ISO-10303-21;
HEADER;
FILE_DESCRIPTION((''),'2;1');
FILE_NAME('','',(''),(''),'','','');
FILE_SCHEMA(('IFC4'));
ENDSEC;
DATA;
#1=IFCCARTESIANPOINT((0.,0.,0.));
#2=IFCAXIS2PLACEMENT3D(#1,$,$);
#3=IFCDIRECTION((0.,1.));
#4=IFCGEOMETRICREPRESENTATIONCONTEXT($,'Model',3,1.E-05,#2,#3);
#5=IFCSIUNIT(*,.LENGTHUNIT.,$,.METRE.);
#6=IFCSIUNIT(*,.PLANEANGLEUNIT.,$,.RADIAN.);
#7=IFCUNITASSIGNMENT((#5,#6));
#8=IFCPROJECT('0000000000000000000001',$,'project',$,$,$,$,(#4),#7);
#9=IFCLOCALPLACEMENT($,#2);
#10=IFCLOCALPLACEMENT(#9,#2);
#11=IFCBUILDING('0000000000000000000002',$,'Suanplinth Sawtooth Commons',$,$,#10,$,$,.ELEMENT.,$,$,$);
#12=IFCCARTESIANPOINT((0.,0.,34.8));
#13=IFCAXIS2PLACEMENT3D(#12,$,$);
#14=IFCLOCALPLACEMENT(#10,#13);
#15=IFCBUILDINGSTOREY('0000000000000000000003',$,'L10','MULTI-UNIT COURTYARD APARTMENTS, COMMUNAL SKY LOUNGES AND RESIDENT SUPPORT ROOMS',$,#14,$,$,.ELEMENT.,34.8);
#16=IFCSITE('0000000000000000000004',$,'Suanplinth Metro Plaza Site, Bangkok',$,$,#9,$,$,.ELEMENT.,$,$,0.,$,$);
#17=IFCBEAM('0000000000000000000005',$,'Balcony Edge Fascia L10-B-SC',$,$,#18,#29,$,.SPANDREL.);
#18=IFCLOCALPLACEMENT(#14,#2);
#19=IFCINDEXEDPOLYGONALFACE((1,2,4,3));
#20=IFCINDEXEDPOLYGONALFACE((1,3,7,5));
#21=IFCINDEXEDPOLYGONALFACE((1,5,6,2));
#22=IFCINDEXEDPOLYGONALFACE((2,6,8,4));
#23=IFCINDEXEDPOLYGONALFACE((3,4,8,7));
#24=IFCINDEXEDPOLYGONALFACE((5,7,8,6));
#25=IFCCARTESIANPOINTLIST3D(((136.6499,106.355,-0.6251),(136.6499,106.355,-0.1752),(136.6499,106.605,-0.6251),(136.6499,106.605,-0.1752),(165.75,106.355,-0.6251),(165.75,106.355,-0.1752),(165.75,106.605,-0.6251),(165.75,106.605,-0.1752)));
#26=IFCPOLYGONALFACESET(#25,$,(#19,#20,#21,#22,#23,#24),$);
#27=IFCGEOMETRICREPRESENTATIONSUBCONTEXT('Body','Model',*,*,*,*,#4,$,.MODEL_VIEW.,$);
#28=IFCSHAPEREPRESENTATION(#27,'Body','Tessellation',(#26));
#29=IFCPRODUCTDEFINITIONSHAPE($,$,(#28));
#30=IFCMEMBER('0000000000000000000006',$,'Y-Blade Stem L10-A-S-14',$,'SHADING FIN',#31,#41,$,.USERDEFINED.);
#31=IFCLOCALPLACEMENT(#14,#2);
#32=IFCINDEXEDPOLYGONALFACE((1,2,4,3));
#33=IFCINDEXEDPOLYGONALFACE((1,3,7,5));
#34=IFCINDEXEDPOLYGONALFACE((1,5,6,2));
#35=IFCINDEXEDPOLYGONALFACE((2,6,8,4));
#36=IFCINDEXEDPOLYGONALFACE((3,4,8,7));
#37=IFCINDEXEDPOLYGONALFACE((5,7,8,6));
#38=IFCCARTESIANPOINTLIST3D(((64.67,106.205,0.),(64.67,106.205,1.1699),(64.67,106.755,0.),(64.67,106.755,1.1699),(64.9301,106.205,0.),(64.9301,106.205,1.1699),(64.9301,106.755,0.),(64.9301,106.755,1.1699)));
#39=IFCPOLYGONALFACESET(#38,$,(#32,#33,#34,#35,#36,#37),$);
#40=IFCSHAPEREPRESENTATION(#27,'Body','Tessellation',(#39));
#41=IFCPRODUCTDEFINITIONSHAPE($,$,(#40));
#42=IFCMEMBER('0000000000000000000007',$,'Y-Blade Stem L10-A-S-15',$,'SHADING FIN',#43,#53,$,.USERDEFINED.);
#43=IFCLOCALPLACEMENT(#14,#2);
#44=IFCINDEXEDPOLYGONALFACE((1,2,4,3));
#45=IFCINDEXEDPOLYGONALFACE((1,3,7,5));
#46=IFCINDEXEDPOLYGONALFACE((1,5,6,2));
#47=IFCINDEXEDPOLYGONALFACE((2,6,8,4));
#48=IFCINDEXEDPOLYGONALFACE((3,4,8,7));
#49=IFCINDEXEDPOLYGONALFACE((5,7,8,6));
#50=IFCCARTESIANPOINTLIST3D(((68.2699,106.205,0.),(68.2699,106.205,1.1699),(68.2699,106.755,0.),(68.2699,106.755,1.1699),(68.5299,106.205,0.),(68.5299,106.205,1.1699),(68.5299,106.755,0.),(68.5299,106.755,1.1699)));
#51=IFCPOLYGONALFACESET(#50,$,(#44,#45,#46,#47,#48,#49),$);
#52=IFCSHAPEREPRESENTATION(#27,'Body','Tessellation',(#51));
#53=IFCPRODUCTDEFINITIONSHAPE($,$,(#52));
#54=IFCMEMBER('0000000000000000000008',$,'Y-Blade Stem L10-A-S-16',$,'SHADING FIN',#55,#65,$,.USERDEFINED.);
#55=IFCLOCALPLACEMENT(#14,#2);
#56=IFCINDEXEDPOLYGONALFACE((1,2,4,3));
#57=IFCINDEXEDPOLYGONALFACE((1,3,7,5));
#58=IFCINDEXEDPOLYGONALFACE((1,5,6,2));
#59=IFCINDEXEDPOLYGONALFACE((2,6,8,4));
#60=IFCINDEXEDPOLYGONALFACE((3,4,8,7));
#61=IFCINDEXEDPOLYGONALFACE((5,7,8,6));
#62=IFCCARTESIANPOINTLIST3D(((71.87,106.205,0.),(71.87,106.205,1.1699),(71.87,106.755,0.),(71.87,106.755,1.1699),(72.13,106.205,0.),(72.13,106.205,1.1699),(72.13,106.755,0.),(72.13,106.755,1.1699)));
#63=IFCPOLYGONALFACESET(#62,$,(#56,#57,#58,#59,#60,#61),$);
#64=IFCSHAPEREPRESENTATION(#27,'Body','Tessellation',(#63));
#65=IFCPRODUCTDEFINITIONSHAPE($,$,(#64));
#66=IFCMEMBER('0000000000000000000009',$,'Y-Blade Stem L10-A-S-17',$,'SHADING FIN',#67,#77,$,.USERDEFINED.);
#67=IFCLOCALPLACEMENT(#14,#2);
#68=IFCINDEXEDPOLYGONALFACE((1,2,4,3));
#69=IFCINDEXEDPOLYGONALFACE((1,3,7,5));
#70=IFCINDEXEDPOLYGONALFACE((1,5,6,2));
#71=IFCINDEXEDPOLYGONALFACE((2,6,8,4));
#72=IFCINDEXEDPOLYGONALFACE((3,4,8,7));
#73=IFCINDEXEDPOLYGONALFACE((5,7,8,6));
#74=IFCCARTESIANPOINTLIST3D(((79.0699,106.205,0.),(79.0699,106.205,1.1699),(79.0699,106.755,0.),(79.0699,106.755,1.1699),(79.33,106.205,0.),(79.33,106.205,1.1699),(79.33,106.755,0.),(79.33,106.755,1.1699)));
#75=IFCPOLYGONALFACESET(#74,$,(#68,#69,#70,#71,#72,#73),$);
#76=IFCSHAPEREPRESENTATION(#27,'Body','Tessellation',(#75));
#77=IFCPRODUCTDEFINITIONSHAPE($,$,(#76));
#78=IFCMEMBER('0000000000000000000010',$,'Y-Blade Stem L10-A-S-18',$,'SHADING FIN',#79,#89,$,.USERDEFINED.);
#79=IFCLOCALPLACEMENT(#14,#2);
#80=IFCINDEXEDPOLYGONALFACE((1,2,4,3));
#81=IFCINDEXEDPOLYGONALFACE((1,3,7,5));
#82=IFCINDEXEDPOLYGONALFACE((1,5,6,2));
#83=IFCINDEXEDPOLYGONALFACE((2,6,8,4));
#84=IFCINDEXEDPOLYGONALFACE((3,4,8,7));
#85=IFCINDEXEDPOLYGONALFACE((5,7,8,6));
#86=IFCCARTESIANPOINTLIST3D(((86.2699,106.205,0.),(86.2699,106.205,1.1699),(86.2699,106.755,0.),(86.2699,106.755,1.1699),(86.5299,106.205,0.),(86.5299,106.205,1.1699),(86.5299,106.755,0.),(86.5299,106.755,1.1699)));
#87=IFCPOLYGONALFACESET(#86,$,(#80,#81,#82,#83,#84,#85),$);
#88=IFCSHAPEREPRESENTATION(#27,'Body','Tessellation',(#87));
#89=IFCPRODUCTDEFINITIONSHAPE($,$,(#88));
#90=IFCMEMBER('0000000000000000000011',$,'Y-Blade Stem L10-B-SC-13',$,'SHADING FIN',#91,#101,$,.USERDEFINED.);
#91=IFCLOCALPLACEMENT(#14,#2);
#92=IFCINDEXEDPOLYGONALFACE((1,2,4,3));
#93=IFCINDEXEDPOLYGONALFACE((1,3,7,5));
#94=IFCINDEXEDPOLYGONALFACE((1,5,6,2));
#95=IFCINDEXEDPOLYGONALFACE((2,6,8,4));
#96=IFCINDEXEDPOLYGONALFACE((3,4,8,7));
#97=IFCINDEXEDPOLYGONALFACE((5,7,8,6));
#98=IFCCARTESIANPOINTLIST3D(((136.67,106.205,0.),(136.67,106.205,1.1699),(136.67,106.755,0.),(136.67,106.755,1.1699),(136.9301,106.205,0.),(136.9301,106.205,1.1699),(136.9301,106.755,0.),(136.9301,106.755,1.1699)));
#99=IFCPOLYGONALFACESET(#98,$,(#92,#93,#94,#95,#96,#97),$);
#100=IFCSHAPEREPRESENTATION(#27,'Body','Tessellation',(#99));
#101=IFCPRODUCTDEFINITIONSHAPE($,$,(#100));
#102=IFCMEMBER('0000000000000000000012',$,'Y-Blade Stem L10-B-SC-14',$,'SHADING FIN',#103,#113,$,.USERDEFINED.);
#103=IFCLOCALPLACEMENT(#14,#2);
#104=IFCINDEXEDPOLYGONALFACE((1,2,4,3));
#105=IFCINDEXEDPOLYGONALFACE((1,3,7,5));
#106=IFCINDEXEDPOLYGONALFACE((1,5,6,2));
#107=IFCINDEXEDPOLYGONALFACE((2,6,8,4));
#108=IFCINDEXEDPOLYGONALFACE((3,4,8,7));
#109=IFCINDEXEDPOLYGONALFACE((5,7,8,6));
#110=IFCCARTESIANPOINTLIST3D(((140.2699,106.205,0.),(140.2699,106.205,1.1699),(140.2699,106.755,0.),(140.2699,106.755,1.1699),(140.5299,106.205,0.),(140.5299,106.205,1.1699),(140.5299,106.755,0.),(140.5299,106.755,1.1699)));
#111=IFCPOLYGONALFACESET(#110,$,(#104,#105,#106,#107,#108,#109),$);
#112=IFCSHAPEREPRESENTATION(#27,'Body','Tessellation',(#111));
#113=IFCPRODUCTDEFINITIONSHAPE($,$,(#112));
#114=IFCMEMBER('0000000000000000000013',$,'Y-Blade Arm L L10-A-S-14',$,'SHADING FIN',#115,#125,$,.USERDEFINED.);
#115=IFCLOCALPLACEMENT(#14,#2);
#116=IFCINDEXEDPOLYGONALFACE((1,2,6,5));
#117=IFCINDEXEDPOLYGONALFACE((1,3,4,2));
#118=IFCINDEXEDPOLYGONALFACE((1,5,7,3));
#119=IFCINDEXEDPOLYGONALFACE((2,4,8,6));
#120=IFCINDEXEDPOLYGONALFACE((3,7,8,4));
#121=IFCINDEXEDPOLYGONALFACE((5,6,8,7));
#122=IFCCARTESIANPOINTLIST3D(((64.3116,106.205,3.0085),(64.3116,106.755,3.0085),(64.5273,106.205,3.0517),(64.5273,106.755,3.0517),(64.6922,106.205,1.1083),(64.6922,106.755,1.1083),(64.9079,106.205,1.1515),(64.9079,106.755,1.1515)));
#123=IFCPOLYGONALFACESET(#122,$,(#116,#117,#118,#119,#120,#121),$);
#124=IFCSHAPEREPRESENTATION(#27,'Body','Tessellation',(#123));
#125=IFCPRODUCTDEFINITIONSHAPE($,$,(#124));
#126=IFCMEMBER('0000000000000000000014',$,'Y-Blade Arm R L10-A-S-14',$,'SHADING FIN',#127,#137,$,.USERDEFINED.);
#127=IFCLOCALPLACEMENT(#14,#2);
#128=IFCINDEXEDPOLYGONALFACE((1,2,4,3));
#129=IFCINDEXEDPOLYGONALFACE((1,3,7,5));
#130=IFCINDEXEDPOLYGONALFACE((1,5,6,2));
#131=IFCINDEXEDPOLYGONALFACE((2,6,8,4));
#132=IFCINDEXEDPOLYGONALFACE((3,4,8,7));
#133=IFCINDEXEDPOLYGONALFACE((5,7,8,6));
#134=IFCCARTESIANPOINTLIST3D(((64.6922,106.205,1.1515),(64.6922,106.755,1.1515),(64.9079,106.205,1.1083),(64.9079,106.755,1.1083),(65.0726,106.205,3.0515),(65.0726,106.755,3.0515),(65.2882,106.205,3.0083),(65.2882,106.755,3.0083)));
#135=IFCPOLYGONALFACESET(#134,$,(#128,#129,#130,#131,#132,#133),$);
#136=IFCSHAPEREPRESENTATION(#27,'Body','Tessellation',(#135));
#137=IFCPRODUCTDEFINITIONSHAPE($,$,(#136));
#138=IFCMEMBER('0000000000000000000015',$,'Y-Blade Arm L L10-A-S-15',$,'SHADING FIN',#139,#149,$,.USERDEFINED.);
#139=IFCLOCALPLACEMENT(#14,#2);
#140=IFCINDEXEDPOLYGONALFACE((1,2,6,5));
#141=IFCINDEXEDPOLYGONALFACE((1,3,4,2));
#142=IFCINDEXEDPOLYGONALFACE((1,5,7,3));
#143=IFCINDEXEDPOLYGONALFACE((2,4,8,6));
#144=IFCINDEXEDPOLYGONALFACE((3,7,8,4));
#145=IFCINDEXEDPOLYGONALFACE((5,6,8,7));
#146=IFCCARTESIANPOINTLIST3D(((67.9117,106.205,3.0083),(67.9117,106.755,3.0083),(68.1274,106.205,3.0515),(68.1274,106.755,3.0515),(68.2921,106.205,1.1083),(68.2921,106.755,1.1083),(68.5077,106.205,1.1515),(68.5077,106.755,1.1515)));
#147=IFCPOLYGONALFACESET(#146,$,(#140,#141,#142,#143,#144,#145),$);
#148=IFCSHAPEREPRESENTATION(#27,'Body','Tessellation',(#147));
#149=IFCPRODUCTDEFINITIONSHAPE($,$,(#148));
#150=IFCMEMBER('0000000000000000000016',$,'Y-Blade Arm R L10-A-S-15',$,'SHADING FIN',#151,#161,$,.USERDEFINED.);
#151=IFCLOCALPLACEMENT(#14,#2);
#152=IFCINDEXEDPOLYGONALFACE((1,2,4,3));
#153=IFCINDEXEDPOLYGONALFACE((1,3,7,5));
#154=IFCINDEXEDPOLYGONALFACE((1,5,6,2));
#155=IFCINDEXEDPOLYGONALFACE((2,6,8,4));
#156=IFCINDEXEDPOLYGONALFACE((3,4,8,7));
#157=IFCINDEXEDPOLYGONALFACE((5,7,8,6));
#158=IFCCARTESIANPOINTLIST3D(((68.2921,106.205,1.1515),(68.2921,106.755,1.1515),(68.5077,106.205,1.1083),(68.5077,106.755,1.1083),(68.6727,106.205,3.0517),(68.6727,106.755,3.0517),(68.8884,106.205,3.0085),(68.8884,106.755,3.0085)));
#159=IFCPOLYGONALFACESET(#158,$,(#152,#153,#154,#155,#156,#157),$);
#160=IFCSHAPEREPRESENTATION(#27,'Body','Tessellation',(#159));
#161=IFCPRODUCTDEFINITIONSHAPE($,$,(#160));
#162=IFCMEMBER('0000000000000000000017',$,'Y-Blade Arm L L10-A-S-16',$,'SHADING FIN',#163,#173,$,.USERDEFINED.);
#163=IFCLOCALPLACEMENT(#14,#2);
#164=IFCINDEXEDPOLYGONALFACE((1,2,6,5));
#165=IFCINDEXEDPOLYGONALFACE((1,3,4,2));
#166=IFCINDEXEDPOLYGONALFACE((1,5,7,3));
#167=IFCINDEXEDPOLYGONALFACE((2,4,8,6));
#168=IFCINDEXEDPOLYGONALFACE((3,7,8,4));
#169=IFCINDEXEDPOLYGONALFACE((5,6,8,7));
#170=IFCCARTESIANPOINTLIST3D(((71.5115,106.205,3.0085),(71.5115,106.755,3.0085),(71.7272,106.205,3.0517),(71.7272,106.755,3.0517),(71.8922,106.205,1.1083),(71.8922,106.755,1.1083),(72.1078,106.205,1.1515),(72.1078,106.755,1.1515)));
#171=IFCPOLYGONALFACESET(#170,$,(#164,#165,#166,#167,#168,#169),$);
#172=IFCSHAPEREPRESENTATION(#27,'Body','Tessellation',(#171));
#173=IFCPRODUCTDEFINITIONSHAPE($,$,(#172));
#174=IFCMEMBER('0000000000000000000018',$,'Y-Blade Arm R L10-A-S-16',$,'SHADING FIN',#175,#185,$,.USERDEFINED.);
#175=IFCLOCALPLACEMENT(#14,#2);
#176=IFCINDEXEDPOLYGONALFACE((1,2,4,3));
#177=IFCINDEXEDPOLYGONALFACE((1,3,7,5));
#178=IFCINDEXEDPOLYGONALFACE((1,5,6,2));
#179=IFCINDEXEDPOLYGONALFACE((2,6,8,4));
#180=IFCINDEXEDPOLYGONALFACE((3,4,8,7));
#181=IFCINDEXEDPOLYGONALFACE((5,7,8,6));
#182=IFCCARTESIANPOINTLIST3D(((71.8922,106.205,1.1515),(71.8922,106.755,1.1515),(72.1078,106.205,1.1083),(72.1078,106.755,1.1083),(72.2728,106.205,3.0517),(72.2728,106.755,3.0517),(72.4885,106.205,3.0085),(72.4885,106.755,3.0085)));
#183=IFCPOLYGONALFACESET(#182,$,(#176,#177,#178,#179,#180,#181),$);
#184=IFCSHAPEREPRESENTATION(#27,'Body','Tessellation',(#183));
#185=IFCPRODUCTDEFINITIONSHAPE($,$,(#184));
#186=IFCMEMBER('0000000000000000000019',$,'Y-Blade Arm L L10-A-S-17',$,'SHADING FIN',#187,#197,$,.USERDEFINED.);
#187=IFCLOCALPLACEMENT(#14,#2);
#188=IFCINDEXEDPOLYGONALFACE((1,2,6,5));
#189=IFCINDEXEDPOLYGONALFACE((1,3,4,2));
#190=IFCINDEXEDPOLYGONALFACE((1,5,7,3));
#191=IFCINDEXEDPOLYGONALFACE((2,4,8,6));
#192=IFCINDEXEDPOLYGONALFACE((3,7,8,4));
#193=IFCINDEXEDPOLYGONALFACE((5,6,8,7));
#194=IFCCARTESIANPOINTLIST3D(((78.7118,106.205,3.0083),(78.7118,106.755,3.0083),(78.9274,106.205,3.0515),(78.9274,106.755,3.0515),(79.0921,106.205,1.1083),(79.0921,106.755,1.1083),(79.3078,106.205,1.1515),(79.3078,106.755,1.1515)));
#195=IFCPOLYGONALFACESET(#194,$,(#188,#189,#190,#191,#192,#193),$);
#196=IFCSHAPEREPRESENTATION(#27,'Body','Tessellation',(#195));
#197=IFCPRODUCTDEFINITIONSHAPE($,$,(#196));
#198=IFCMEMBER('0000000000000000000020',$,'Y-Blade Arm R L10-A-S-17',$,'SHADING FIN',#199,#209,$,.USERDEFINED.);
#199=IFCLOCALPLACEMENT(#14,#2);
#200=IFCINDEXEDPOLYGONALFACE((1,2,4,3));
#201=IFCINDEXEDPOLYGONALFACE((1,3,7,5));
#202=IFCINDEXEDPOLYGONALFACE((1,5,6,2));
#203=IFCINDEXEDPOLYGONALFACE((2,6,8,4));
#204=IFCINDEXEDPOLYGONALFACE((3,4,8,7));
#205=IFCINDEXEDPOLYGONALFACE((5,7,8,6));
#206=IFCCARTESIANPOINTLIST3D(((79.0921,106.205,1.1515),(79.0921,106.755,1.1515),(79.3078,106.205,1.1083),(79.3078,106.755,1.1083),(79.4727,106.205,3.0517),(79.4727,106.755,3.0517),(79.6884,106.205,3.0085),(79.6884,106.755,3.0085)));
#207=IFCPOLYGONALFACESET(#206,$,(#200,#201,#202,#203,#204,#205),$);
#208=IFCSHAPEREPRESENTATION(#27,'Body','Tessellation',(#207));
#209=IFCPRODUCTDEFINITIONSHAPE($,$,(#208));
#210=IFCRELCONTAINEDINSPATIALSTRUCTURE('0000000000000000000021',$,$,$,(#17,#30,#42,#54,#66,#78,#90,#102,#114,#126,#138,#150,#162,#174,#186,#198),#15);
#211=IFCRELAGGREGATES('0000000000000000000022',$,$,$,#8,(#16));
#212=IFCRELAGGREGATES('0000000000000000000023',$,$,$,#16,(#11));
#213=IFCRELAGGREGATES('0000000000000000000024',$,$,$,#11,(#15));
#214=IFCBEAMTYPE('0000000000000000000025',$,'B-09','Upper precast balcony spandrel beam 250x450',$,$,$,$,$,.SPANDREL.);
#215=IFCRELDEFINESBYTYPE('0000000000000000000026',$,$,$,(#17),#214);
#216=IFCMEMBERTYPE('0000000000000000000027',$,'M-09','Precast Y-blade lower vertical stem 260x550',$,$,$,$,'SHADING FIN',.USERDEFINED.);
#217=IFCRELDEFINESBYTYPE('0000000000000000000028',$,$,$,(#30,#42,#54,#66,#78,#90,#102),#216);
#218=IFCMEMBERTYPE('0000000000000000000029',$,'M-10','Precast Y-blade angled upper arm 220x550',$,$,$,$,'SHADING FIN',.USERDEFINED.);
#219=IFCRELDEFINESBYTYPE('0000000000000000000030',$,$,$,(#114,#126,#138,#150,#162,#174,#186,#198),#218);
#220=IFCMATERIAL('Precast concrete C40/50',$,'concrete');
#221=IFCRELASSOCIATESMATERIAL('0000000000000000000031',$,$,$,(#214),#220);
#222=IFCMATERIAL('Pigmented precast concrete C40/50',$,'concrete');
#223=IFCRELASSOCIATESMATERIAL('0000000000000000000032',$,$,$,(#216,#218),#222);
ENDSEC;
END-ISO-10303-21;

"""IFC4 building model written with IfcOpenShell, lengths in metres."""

from ifc_helpers import new_model, si_unit, direction, frame, origin, origin_2d, place, context, subcontext, project, spatial, rectangle, extrude, material, material_profile, profile_set, type_object, element, save


model = new_model("IFC4")

# Units and contexts
model_context = context("Model", 3, precision=1e-05, world=origin(), true_north=direction((0.0, 1.0)))
body_context = subcontext(model_context, "Body", "Model", "MODEL_VIEW")
ifc_project = project(units=[si_unit("LENGTHUNIT", "METRE"), si_unit("PLANEANGLEUNIT", "RADIAN")], contexts=[model_context])

# Site, building, storey
site_placement = place(None, origin())
site = spatial("IfcSite", under=ifc_project, at=site_placement, Name="Suanplinth Metro Plaza Site, Bangkok", CompositionType="ELEMENT", RefElevation=0.0)
building_placement = place(site_placement, origin())
building = spatial("IfcBuilding", under=site, at=building_placement, Name="Suanplinth Sawtooth Commons", CompositionType="ELEMENT")
storey_placement = place(building_placement, frame((0.0, 0.0, 34.8)))
storey = spatial("IfcBuildingStorey", under=building, at=storey_placement, Name="L10", Description="MULTI-UNIT COURTYARD APARTMENTS, COMMUNAL SKY LOUNGES AND RESIDENT SUPPORT ROOMS", CompositionType="ELEMENT", Elevation=34.8)

# Beam
ifc_material_1 = material(Name="Precast concrete C40/50", Category="concrete")
ifc_material_profile_1 = material_profile(ifc_material_1, rectangle(XDim=0.25, YDim=0.45, at=origin_2d()), Name="PC-SP 250x450")
ifc_profile_set_1 = profile_set([ifc_material_profile_1], Name="Precast concrete C40/50")
beam_type = type_object("IfcBeamType", Name="B-09", Description="Upper precast balcony spandrel beam 250x450", PredefinedType="SPANDREL", material=ifc_profile_set_1)
beam_placement = place(storey_placement, frame((136.6499, 106.48, -0.4001), z_axis=(1.0, 0.0, 0.0), x_axis=(0.0, 1.0, 0.0)))
element("IfcBeam", 1, at=beam_placement, inside=storey, type_object=beam_type, Name="Balcony Edge Fascia L10-B-SC", PredefinedType="SPANDREL", context=body_context, shape_type="SweptSolid", body=[
    extrude(rectangle(XDim=0.25, YDim=0.45, at=origin_2d()), origin(), (0.0, 0.0, 1.0), 29.1001),
])

# Members
ifc_material_2 = material(Name="Pigmented precast concrete C40/50", Category="concrete")
ifc_material_profile_2 = material_profile(ifc_material_2, rectangle(XDim=0.26, YDim=0.55, at=origin_2d()), Name="PC-FIN 260x550")
ifc_profile_set_2 = profile_set([ifc_material_profile_2], Name="Pigmented precast concrete C40/50")
member_type_1 = type_object("IfcMemberType", Name="M-09", Description="Precast Y-blade lower vertical stem 260x550", ElementType="SHADING FIN", PredefinedType="USERDEFINED", material=ifc_profile_set_2)
for number, where, z_axis, x_axis, name in (
    (2, (64.8, 106.48, 0.0), (0.0, 0.0, 1.0), (1.0, 0.0, 0.0), "Y-Blade Stem L10-A-S-14"),
    (3, (68.3999, 106.48, 0.0), (0.0, 0.0, 1.0), (1.0, 0.0, 0.0), "Y-Blade Stem L10-A-S-15"),
    (4, (72.0, 106.48, 0.0), (0.0, 0.0, 1.0), (1.0, 0.0, 0.0), "Y-Blade Stem L10-A-S-16"),
    (5, (79.2, 106.48, 0.0), (0.0, 0.0, 1.0), (1.0, 0.0, 0.0), "Y-Blade Stem L10-A-S-17"),
    (6, (86.3999, 106.48, 0.0), (0.0, 0.0, 1.0), (1.0, 0.0, 0.0), "Y-Blade Stem L10-A-S-18"),
    (7, (136.8, 106.48, 0.0), (0.0, 0.0, 1.0), (1.0, 0.0, 0.0), "Y-Blade Stem L10-B-SC-13"),
    (8, (140.3999, 106.48, 0.0), (0.0, 0.0, 1.0), (1.0, 0.0, 0.0), "Y-Blade Stem L10-B-SC-14"),
):
    element("IfcMember", number, at=place(storey_placement, frame(where, z_axis=z_axis, x_axis=x_axis)), inside=storey, type_object=member_type_1, Name=name, ObjectType="SHADING FIN", PredefinedType="USERDEFINED", context=body_context, shape_type="SweptSolid", body=[
        extrude(rectangle(XDim=0.26, YDim=0.55, at=origin_2d()), origin(), (0.0, 0.0, 1.0), 1.1699),
    ])
ifc_material_profile_3 = material_profile(ifc_material_2, rectangle(XDim=0.22, YDim=0.55, at=origin_2d()), Name="PC-FIN 220x550")
ifc_profile_set_3 = profile_set([ifc_material_profile_3], Name="Pigmented precast concrete C40/50")
member_type_2 = type_object("IfcMemberType", Name="M-10", Description="Precast Y-blade angled upper arm 220x550", ElementType="SHADING FIN", PredefinedType="USERDEFINED", material=ifc_profile_set_3)
member_1_placement = place(storey_placement, frame((64.8, 106.48, 1.1299), z_axis=(-0.196407, 0.0, 0.980522), x_axis=(0.980522, 0.0, 0.196407)))
element("IfcMember", 9, at=member_1_placement, inside=storey, type_object=member_type_2, Name="Y-Blade Arm L L10-A-S-14", ObjectType="SHADING FIN", PredefinedType="USERDEFINED", context=body_context, shape_type="SweptSolid", body=[
    extrude(rectangle(XDim=0.22, YDim=0.55, at=origin_2d()), origin(), (0.0, 0.0, 1.0), 1.938),
])
for number, where, z_axis, x_axis, name in (
    (10, (64.8, 106.48, 1.1299), (0.196286, 0.0, 0.980547), (-0.980547, 0.0, 0.196286), "Y-Blade Arm R L10-A-S-14"),
    (11, (68.3999, 106.48, 1.1299), (-0.196286, 0.0, 0.980547), (0.980547, 0.0, 0.196286), "Y-Blade Arm L L10-A-S-15"),
):
    element("IfcMember", number, at=place(storey_placement, frame(where, z_axis=z_axis, x_axis=x_axis)), inside=storey, type_object=member_type_2, Name=name, ObjectType="SHADING FIN", PredefinedType="USERDEFINED", context=body_context, shape_type="SweptSolid", body=[
        extrude(rectangle(XDim=0.22, YDim=0.55, at=origin_2d()), origin(), (0.0, 0.0, 1.0), 1.9377),
    ])
for number, where, z_axis, x_axis, name in (
    (12, (68.3999, 106.48, 1.1299), (0.196407, 0.0, 0.980522), (-0.980522, 0.0, 0.196407), "Y-Blade Arm R L10-A-S-15"),
    (13, (72.0, 106.48, 1.1299), (-0.196407, 0.0, 0.980522), (0.980522, 0.0, 0.196407), "Y-Blade Arm L L10-A-S-16"),
    (14, (72.0, 106.48, 1.1299), (0.196407, 0.0, 0.980522), (-0.980522, 0.0, 0.196407), "Y-Blade Arm R L10-A-S-16"),
):
    element("IfcMember", number, at=place(storey_placement, frame(where, z_axis=z_axis, x_axis=x_axis)), inside=storey, type_object=member_type_2, Name=name, ObjectType="SHADING FIN", PredefinedType="USERDEFINED", context=body_context, shape_type="SweptSolid", body=[
        extrude(rectangle(XDim=0.22, YDim=0.55, at=origin_2d()), origin(), (0.0, 0.0, 1.0), 1.938),
    ])
member_2_placement = place(storey_placement, frame((79.2, 106.48, 1.1299), z_axis=(-0.196286, 0.0, 0.980547), x_axis=(0.980547, 0.0, 0.196286)))
element("IfcMember", 15, at=member_2_placement, inside=storey, type_object=member_type_2, Name="Y-Blade Arm L L10-A-S-17", ObjectType="SHADING FIN", PredefinedType="USERDEFINED", context=body_context, shape_type="SweptSolid", body=[
    extrude(rectangle(XDim=0.22, YDim=0.55, at=origin_2d()), origin(), (0.0, 0.0, 1.0), 1.9377),
])
member_3_placement = place(storey_placement, frame((79.2, 106.48, 1.1299), z_axis=(0.196407, 0.0, 0.980522), x_axis=(-0.980522, 0.0, 0.196407)))
element("IfcMember", 16, at=member_3_placement, inside=storey, type_object=member_type_2, Name="Y-Blade Arm R L10-A-S-17", ObjectType="SHADING FIN", PredefinedType="USERDEFINED", context=body_context, shape_type="SweptSolid", body=[
    extrude(rectangle(XDim=0.22, YDim=0.55, at=origin_2d()), origin(), (0.0, 0.0, 1.0), 1.938),
])

save(model, "model.ifc")
